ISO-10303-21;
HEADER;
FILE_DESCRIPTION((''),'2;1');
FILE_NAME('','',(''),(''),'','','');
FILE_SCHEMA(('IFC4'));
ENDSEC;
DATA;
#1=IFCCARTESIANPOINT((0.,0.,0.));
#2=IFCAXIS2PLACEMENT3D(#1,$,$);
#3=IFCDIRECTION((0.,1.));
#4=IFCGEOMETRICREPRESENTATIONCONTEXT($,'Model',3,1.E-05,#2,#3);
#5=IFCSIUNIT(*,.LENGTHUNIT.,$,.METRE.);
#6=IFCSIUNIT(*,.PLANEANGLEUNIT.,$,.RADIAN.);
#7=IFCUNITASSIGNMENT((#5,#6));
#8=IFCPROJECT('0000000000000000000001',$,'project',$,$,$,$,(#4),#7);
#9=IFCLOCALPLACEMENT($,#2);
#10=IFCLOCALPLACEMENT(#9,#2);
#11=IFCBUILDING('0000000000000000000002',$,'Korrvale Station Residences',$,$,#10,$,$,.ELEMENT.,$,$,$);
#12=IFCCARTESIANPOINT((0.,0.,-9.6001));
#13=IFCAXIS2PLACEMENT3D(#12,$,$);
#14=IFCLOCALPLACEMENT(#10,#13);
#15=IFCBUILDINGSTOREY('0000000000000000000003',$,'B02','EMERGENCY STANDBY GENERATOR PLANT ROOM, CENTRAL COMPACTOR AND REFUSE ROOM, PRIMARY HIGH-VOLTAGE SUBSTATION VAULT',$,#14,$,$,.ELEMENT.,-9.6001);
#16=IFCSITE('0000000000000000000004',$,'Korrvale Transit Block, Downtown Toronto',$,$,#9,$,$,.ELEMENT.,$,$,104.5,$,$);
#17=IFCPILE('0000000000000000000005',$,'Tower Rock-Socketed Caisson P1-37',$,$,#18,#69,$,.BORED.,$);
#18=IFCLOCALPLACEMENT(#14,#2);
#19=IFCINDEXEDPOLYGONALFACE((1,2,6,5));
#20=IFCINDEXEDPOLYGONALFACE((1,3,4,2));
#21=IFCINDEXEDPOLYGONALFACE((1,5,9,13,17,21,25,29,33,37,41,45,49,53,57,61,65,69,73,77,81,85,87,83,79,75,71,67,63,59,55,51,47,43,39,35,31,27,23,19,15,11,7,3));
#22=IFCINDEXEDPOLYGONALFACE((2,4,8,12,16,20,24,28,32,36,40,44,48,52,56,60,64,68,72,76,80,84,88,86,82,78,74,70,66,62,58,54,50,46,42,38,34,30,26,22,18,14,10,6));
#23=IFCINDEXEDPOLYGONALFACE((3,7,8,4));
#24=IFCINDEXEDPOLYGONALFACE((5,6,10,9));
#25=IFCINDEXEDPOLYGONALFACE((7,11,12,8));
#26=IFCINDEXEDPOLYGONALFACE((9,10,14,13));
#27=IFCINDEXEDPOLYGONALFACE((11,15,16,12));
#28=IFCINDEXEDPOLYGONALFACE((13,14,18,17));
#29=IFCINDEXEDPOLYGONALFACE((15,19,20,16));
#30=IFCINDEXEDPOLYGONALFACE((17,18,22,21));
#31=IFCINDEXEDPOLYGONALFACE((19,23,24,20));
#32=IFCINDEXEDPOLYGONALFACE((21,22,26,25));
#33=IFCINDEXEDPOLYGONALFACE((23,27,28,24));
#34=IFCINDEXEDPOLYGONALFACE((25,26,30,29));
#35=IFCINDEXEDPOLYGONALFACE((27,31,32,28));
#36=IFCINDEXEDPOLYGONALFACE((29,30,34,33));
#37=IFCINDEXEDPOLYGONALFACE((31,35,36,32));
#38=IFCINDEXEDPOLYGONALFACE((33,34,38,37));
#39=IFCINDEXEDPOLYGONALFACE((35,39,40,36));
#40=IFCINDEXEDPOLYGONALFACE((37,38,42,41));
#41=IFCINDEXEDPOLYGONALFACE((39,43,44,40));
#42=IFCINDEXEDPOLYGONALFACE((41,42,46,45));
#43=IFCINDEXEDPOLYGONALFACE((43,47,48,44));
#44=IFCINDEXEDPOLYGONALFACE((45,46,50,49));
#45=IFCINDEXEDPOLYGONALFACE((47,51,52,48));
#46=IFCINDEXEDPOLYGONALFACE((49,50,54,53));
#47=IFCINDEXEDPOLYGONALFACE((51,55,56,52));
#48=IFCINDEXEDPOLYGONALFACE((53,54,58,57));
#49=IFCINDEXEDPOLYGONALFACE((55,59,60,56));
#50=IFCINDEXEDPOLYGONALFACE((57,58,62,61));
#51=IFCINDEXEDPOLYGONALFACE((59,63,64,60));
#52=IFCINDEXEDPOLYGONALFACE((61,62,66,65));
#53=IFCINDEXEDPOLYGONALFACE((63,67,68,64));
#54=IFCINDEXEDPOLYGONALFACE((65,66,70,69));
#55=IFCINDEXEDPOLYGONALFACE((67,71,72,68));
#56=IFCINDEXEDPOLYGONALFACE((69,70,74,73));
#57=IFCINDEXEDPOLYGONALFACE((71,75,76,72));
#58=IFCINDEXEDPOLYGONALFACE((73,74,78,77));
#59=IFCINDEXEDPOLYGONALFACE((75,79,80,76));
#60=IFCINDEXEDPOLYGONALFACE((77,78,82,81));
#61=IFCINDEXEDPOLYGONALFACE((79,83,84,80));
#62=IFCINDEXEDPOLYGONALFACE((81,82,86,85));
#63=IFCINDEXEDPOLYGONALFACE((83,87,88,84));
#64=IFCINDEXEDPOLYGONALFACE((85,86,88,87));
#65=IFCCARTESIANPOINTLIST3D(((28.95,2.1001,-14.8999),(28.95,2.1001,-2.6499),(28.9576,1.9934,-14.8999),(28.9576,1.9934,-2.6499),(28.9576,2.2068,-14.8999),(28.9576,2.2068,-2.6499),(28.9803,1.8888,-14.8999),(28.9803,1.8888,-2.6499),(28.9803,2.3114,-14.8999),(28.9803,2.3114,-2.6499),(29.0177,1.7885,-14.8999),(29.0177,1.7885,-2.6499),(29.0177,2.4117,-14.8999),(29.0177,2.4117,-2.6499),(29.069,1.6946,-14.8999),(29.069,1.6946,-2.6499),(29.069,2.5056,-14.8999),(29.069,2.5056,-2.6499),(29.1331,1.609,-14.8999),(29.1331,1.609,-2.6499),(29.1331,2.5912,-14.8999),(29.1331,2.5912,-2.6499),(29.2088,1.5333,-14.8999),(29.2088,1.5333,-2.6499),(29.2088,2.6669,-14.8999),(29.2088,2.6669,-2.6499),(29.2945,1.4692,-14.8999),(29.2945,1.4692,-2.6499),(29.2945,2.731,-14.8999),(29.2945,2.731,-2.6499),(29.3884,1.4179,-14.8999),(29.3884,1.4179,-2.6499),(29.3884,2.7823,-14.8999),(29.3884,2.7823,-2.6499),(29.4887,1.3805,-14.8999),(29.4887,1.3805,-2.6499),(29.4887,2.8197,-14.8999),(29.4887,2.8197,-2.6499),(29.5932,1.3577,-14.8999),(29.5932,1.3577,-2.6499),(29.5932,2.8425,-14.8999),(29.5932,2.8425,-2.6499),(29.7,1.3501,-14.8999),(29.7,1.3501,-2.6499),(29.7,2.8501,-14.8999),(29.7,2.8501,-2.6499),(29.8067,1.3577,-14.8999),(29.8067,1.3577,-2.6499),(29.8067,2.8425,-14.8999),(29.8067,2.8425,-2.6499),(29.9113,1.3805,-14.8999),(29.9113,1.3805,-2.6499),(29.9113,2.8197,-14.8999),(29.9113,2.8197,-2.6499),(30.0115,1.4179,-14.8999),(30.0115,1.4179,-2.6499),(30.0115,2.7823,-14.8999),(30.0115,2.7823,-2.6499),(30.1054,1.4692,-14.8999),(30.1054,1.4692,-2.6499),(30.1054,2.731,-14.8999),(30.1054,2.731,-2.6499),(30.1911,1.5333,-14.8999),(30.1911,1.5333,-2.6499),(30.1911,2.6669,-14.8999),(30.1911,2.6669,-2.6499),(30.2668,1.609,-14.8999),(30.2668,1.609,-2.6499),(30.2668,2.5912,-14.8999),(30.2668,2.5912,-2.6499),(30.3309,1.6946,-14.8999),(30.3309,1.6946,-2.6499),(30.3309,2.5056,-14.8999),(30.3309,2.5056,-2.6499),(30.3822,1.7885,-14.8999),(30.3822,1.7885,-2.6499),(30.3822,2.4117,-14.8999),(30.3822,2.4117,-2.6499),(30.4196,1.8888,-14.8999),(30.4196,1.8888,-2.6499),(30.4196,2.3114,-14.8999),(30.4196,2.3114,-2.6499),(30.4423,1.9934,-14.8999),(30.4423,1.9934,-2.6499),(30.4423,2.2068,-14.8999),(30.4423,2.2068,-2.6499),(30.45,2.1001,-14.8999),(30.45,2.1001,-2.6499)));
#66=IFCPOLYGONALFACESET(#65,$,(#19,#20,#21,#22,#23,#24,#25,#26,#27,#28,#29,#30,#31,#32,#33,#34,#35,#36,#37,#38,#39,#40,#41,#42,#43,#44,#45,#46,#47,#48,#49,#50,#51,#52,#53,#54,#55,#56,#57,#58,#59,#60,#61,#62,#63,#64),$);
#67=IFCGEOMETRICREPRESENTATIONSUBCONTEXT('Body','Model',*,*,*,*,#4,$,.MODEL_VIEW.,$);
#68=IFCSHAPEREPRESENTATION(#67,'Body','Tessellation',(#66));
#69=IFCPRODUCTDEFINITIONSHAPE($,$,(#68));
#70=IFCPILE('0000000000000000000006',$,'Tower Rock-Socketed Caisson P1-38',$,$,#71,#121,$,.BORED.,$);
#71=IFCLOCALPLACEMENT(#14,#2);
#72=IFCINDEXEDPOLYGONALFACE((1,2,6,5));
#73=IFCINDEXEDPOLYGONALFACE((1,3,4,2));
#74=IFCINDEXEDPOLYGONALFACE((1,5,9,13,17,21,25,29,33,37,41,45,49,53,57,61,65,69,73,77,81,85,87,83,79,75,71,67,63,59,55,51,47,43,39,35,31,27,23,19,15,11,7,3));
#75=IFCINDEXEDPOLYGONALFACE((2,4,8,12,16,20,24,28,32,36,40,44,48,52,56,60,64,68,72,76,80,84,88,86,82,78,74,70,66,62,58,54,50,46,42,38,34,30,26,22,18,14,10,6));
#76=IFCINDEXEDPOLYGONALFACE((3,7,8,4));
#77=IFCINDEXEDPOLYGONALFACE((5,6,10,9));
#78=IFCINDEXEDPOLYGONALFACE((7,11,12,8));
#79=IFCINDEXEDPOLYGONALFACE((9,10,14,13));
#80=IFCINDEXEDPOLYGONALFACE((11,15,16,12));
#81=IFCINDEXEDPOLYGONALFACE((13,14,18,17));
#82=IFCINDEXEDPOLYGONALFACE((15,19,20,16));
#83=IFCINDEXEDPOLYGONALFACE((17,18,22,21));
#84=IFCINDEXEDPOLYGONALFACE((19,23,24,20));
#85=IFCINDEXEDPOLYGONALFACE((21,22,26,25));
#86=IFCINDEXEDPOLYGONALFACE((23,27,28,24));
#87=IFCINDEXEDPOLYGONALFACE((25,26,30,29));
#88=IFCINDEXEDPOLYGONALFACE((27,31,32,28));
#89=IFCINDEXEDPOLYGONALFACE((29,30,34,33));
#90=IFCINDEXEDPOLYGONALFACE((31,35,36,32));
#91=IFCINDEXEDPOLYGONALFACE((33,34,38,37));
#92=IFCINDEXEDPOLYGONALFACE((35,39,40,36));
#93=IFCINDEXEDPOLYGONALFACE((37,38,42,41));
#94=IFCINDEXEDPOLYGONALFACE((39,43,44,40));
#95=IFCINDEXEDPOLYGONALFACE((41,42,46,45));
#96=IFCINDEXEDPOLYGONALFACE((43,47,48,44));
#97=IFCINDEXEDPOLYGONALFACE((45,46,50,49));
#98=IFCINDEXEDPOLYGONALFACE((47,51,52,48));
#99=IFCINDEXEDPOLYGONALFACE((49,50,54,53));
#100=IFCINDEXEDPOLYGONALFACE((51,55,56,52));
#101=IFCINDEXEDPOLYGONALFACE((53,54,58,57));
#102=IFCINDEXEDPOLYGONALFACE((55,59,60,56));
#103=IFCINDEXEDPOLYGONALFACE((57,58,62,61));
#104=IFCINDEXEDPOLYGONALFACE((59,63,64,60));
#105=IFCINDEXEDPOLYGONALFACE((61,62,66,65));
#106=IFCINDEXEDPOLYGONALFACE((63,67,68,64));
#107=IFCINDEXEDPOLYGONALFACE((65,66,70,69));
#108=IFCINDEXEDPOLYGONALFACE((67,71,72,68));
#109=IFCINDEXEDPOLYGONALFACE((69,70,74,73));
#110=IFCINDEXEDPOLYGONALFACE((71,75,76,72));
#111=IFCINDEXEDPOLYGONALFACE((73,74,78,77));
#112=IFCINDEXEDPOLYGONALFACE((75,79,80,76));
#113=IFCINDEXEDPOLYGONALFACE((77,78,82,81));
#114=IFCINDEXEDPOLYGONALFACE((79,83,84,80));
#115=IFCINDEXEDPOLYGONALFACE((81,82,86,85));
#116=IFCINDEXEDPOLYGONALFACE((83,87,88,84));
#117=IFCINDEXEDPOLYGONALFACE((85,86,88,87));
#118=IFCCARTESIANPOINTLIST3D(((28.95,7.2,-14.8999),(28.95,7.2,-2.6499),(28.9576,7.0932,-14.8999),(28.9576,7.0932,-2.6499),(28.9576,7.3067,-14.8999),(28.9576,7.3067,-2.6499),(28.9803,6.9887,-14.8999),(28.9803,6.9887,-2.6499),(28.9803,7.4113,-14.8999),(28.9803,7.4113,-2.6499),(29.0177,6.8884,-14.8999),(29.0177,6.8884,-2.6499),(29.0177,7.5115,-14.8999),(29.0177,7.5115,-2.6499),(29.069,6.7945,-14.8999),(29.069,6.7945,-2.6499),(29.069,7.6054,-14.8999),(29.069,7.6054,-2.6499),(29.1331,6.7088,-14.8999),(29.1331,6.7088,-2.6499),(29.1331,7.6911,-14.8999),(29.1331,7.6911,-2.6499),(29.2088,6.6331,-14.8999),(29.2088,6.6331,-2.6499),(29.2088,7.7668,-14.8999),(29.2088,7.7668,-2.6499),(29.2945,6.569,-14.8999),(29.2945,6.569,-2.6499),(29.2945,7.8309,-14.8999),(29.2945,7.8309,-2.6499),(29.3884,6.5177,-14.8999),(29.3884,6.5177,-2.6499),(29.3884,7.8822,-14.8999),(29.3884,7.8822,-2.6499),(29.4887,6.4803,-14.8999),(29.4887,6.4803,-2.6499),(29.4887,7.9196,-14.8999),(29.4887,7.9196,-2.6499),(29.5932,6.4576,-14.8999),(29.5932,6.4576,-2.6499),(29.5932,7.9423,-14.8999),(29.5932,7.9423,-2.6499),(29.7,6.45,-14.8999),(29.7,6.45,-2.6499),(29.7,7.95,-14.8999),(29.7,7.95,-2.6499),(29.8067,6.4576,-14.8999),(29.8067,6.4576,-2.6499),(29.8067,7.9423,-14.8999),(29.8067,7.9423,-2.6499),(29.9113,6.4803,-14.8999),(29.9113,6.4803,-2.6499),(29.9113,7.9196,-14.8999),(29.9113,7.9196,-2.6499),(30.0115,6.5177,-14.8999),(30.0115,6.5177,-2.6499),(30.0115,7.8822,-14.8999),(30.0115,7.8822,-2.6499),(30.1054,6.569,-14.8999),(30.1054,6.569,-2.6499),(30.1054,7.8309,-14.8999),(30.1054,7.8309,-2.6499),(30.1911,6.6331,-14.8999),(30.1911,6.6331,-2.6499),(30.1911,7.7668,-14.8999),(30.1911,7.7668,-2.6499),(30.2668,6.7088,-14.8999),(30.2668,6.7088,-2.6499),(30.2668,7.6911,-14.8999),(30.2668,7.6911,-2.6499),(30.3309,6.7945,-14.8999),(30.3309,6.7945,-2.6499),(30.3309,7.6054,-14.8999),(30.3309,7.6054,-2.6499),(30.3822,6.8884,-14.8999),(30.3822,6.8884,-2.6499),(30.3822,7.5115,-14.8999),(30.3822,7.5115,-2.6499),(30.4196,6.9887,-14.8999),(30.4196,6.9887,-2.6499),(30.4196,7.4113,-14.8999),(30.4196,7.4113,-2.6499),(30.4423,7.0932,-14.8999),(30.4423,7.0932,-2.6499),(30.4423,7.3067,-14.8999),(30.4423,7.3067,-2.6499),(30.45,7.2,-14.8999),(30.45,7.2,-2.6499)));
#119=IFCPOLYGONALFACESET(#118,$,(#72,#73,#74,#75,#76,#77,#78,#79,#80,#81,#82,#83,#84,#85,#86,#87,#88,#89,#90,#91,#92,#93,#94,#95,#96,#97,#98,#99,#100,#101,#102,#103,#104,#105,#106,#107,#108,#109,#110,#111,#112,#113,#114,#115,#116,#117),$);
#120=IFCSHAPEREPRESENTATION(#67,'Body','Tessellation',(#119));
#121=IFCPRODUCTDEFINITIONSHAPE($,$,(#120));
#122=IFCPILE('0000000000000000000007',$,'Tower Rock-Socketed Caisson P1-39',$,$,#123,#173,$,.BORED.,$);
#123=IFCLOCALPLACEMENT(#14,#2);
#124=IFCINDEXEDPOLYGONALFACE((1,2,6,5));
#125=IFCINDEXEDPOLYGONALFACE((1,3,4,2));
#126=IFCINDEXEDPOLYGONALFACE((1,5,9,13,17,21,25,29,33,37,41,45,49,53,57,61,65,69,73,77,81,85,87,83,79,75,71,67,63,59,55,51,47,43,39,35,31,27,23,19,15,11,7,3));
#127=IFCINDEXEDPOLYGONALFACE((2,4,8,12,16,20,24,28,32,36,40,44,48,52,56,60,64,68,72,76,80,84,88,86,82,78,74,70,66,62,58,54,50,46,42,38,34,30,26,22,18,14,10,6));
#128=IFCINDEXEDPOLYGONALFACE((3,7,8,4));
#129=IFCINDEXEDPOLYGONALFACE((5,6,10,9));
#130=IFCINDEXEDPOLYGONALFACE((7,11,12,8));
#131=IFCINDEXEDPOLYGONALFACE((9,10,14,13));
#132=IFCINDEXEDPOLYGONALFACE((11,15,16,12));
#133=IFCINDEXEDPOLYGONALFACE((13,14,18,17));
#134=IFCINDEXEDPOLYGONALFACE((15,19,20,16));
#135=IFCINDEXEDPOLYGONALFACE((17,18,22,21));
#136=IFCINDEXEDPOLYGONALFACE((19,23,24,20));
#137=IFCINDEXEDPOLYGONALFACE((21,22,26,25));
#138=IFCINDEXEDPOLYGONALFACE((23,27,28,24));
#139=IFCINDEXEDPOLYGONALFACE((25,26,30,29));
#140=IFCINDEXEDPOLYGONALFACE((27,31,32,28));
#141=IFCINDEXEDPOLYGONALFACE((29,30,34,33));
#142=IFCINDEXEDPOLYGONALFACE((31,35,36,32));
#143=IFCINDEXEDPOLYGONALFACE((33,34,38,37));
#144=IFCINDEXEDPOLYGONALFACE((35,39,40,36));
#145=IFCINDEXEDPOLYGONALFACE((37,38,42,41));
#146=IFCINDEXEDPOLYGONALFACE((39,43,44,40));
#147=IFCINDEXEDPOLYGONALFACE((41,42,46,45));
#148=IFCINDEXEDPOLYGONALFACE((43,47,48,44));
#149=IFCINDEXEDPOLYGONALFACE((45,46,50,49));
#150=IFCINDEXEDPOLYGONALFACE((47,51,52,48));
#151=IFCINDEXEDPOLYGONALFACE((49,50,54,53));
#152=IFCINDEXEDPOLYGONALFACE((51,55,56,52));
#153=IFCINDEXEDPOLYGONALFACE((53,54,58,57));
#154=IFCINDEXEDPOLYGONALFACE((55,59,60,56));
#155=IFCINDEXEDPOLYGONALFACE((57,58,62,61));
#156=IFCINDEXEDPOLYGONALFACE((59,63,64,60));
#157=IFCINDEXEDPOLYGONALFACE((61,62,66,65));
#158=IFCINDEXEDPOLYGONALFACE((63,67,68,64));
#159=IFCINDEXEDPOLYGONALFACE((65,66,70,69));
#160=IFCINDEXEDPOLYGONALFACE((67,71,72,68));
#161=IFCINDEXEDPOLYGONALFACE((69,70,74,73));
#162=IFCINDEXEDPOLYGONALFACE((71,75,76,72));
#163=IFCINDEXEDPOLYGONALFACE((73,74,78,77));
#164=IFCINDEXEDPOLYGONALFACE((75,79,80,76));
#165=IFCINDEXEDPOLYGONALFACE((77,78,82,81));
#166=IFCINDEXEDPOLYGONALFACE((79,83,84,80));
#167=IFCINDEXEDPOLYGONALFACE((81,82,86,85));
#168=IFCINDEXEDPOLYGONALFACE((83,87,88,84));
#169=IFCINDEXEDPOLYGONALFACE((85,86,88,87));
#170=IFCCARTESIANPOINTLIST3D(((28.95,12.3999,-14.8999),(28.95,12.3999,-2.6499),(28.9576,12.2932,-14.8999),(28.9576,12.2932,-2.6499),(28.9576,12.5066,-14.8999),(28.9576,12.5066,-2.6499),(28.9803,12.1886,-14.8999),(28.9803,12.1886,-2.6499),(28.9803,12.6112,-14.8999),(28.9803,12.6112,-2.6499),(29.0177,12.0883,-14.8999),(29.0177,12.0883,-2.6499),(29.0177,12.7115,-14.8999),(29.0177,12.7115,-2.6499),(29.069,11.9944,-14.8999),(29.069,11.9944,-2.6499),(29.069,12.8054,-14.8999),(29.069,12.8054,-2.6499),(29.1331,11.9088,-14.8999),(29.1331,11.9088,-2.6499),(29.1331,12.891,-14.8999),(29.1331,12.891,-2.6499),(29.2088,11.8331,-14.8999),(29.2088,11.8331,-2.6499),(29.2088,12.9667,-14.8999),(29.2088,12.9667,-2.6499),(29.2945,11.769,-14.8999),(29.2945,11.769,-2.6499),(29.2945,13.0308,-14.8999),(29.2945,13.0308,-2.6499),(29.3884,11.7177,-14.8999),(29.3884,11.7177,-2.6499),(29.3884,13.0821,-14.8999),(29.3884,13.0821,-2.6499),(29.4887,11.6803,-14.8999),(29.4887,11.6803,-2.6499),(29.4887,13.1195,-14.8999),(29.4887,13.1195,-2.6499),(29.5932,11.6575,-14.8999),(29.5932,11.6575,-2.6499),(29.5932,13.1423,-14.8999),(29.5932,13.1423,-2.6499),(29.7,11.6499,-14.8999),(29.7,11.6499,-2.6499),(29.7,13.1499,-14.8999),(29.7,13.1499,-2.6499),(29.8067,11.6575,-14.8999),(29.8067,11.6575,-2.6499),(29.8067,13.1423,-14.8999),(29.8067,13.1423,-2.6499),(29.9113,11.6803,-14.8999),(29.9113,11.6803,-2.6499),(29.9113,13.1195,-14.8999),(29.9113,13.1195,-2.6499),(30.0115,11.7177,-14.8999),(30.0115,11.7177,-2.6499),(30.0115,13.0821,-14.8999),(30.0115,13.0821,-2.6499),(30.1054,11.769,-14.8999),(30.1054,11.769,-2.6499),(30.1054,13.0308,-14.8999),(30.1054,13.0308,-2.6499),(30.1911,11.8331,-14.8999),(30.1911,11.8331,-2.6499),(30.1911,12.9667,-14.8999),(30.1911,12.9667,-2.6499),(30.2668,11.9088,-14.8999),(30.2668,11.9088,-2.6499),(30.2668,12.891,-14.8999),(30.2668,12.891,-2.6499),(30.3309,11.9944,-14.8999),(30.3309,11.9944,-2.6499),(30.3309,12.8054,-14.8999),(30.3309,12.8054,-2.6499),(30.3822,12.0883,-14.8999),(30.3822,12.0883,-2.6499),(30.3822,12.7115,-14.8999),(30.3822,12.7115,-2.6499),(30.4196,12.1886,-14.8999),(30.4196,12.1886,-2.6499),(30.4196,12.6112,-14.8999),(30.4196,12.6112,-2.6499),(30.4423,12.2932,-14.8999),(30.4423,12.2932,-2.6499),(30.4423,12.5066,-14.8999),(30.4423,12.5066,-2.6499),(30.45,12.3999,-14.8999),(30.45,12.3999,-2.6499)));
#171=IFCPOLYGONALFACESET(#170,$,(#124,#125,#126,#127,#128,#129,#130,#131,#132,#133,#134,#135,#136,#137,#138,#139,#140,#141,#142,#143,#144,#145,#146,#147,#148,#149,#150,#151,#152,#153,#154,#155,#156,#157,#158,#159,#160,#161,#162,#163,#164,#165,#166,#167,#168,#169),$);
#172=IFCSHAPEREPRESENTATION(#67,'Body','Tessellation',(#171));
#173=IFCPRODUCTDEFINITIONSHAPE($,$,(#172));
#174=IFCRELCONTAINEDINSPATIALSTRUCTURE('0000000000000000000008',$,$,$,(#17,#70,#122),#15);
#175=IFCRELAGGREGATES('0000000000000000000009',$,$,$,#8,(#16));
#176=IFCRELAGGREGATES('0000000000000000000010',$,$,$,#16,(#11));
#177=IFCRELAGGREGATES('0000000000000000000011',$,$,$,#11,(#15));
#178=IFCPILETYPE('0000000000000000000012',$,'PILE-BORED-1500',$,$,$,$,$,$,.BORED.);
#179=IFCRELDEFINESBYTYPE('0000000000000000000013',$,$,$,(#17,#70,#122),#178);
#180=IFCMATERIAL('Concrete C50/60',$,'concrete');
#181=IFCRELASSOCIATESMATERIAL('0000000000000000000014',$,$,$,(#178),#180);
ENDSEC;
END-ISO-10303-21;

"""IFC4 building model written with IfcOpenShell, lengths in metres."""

from ifc_helpers import new_model, si_unit, direction, frame, origin, origin_2d, place, context, subcontext, project, spatial, circle, extrude, material, material_profile, profile_set, type_object, element, save


model = new_model("IFC4")

# Units and contexts
model_context = context("Model", 3, precision=1e-05, world=origin(), true_north=direction((0.0, 1.0)))
body_context = subcontext(model_context, "Body", "Model", "MODEL_VIEW")
ifc_project = project(units=[si_unit("LENGTHUNIT", "METRE"), si_unit("PLANEANGLEUNIT", "RADIAN")], contexts=[model_context])

# Site, building, storey
site_placement = place(None, origin())
site = spatial("IfcSite", under=ifc_project, at=site_placement, Name="Korrvale Transit Block, Downtown Toronto", CompositionType="ELEMENT", RefElevation=104.5)
building_placement = place(site_placement, origin())
building = spatial("IfcBuilding", under=site, at=building_placement, Name="Korrvale Station Residences", CompositionType="ELEMENT")
storey_placement = place(building_placement, frame((0.0, 0.0, -9.6001)))
storey = spatial("IfcBuildingStorey", under=building, at=storey_placement, Name="B02", Description="EMERGENCY STANDBY GENERATOR PLANT ROOM, CENTRAL COMPACTOR AND REFUSE ROOM, PRIMARY HIGH-VOLTAGE SUBSTATION VAULT", CompositionType="ELEMENT", Elevation=-9.6001)

# Piles
ifc_material_1 = material(Name="Concrete C50/60", Category="concrete")
ifc_material_profile_1 = material_profile(ifc_material_1, circle(Radius=0.75, at=origin_2d()), Name="PILE1500")
ifc_profile_set_1 = profile_set([ifc_material_profile_1], Name="Concrete C50/60")
pile_type_1 = type_object("IfcPileType", Name="PILE-BORED-1500", PredefinedType="BORED", material=ifc_profile_set_1)
for number, where, z_axis, x_axis, name in (
    (1, (29.7, 2.1001, -2.6499), (0.0, 0.0, -1.0), (1.0, 0.0, 0.0), "Tower Rock-Socketed Caisson P1-37"),
    (2, (29.7, 7.2, -2.6499), (0.0, 0.0, -1.0), (1.0, 0.0, 0.0), "Tower Rock-Socketed Caisson P1-38"),
    (3, (29.7, 12.3999, -2.6499), (0.0, 0.0, -1.0), (1.0, 0.0, 0.0), "Tower Rock-Socketed Caisson P1-39"),
):
    element("IfcPile", number, at=place(storey_placement, frame(where, z_axis=z_axis, x_axis=x_axis)), inside=storey, type_object=pile_type_1, Name=name, PredefinedType="BORED", context=body_context, shape_type="SweptSolid", body=[
        extrude(circle(Radius=0.75, at=origin_2d()), origin(), (0.0, 0.0, 1.0), 12.25),
    ])

save(model, "model.ifc")
